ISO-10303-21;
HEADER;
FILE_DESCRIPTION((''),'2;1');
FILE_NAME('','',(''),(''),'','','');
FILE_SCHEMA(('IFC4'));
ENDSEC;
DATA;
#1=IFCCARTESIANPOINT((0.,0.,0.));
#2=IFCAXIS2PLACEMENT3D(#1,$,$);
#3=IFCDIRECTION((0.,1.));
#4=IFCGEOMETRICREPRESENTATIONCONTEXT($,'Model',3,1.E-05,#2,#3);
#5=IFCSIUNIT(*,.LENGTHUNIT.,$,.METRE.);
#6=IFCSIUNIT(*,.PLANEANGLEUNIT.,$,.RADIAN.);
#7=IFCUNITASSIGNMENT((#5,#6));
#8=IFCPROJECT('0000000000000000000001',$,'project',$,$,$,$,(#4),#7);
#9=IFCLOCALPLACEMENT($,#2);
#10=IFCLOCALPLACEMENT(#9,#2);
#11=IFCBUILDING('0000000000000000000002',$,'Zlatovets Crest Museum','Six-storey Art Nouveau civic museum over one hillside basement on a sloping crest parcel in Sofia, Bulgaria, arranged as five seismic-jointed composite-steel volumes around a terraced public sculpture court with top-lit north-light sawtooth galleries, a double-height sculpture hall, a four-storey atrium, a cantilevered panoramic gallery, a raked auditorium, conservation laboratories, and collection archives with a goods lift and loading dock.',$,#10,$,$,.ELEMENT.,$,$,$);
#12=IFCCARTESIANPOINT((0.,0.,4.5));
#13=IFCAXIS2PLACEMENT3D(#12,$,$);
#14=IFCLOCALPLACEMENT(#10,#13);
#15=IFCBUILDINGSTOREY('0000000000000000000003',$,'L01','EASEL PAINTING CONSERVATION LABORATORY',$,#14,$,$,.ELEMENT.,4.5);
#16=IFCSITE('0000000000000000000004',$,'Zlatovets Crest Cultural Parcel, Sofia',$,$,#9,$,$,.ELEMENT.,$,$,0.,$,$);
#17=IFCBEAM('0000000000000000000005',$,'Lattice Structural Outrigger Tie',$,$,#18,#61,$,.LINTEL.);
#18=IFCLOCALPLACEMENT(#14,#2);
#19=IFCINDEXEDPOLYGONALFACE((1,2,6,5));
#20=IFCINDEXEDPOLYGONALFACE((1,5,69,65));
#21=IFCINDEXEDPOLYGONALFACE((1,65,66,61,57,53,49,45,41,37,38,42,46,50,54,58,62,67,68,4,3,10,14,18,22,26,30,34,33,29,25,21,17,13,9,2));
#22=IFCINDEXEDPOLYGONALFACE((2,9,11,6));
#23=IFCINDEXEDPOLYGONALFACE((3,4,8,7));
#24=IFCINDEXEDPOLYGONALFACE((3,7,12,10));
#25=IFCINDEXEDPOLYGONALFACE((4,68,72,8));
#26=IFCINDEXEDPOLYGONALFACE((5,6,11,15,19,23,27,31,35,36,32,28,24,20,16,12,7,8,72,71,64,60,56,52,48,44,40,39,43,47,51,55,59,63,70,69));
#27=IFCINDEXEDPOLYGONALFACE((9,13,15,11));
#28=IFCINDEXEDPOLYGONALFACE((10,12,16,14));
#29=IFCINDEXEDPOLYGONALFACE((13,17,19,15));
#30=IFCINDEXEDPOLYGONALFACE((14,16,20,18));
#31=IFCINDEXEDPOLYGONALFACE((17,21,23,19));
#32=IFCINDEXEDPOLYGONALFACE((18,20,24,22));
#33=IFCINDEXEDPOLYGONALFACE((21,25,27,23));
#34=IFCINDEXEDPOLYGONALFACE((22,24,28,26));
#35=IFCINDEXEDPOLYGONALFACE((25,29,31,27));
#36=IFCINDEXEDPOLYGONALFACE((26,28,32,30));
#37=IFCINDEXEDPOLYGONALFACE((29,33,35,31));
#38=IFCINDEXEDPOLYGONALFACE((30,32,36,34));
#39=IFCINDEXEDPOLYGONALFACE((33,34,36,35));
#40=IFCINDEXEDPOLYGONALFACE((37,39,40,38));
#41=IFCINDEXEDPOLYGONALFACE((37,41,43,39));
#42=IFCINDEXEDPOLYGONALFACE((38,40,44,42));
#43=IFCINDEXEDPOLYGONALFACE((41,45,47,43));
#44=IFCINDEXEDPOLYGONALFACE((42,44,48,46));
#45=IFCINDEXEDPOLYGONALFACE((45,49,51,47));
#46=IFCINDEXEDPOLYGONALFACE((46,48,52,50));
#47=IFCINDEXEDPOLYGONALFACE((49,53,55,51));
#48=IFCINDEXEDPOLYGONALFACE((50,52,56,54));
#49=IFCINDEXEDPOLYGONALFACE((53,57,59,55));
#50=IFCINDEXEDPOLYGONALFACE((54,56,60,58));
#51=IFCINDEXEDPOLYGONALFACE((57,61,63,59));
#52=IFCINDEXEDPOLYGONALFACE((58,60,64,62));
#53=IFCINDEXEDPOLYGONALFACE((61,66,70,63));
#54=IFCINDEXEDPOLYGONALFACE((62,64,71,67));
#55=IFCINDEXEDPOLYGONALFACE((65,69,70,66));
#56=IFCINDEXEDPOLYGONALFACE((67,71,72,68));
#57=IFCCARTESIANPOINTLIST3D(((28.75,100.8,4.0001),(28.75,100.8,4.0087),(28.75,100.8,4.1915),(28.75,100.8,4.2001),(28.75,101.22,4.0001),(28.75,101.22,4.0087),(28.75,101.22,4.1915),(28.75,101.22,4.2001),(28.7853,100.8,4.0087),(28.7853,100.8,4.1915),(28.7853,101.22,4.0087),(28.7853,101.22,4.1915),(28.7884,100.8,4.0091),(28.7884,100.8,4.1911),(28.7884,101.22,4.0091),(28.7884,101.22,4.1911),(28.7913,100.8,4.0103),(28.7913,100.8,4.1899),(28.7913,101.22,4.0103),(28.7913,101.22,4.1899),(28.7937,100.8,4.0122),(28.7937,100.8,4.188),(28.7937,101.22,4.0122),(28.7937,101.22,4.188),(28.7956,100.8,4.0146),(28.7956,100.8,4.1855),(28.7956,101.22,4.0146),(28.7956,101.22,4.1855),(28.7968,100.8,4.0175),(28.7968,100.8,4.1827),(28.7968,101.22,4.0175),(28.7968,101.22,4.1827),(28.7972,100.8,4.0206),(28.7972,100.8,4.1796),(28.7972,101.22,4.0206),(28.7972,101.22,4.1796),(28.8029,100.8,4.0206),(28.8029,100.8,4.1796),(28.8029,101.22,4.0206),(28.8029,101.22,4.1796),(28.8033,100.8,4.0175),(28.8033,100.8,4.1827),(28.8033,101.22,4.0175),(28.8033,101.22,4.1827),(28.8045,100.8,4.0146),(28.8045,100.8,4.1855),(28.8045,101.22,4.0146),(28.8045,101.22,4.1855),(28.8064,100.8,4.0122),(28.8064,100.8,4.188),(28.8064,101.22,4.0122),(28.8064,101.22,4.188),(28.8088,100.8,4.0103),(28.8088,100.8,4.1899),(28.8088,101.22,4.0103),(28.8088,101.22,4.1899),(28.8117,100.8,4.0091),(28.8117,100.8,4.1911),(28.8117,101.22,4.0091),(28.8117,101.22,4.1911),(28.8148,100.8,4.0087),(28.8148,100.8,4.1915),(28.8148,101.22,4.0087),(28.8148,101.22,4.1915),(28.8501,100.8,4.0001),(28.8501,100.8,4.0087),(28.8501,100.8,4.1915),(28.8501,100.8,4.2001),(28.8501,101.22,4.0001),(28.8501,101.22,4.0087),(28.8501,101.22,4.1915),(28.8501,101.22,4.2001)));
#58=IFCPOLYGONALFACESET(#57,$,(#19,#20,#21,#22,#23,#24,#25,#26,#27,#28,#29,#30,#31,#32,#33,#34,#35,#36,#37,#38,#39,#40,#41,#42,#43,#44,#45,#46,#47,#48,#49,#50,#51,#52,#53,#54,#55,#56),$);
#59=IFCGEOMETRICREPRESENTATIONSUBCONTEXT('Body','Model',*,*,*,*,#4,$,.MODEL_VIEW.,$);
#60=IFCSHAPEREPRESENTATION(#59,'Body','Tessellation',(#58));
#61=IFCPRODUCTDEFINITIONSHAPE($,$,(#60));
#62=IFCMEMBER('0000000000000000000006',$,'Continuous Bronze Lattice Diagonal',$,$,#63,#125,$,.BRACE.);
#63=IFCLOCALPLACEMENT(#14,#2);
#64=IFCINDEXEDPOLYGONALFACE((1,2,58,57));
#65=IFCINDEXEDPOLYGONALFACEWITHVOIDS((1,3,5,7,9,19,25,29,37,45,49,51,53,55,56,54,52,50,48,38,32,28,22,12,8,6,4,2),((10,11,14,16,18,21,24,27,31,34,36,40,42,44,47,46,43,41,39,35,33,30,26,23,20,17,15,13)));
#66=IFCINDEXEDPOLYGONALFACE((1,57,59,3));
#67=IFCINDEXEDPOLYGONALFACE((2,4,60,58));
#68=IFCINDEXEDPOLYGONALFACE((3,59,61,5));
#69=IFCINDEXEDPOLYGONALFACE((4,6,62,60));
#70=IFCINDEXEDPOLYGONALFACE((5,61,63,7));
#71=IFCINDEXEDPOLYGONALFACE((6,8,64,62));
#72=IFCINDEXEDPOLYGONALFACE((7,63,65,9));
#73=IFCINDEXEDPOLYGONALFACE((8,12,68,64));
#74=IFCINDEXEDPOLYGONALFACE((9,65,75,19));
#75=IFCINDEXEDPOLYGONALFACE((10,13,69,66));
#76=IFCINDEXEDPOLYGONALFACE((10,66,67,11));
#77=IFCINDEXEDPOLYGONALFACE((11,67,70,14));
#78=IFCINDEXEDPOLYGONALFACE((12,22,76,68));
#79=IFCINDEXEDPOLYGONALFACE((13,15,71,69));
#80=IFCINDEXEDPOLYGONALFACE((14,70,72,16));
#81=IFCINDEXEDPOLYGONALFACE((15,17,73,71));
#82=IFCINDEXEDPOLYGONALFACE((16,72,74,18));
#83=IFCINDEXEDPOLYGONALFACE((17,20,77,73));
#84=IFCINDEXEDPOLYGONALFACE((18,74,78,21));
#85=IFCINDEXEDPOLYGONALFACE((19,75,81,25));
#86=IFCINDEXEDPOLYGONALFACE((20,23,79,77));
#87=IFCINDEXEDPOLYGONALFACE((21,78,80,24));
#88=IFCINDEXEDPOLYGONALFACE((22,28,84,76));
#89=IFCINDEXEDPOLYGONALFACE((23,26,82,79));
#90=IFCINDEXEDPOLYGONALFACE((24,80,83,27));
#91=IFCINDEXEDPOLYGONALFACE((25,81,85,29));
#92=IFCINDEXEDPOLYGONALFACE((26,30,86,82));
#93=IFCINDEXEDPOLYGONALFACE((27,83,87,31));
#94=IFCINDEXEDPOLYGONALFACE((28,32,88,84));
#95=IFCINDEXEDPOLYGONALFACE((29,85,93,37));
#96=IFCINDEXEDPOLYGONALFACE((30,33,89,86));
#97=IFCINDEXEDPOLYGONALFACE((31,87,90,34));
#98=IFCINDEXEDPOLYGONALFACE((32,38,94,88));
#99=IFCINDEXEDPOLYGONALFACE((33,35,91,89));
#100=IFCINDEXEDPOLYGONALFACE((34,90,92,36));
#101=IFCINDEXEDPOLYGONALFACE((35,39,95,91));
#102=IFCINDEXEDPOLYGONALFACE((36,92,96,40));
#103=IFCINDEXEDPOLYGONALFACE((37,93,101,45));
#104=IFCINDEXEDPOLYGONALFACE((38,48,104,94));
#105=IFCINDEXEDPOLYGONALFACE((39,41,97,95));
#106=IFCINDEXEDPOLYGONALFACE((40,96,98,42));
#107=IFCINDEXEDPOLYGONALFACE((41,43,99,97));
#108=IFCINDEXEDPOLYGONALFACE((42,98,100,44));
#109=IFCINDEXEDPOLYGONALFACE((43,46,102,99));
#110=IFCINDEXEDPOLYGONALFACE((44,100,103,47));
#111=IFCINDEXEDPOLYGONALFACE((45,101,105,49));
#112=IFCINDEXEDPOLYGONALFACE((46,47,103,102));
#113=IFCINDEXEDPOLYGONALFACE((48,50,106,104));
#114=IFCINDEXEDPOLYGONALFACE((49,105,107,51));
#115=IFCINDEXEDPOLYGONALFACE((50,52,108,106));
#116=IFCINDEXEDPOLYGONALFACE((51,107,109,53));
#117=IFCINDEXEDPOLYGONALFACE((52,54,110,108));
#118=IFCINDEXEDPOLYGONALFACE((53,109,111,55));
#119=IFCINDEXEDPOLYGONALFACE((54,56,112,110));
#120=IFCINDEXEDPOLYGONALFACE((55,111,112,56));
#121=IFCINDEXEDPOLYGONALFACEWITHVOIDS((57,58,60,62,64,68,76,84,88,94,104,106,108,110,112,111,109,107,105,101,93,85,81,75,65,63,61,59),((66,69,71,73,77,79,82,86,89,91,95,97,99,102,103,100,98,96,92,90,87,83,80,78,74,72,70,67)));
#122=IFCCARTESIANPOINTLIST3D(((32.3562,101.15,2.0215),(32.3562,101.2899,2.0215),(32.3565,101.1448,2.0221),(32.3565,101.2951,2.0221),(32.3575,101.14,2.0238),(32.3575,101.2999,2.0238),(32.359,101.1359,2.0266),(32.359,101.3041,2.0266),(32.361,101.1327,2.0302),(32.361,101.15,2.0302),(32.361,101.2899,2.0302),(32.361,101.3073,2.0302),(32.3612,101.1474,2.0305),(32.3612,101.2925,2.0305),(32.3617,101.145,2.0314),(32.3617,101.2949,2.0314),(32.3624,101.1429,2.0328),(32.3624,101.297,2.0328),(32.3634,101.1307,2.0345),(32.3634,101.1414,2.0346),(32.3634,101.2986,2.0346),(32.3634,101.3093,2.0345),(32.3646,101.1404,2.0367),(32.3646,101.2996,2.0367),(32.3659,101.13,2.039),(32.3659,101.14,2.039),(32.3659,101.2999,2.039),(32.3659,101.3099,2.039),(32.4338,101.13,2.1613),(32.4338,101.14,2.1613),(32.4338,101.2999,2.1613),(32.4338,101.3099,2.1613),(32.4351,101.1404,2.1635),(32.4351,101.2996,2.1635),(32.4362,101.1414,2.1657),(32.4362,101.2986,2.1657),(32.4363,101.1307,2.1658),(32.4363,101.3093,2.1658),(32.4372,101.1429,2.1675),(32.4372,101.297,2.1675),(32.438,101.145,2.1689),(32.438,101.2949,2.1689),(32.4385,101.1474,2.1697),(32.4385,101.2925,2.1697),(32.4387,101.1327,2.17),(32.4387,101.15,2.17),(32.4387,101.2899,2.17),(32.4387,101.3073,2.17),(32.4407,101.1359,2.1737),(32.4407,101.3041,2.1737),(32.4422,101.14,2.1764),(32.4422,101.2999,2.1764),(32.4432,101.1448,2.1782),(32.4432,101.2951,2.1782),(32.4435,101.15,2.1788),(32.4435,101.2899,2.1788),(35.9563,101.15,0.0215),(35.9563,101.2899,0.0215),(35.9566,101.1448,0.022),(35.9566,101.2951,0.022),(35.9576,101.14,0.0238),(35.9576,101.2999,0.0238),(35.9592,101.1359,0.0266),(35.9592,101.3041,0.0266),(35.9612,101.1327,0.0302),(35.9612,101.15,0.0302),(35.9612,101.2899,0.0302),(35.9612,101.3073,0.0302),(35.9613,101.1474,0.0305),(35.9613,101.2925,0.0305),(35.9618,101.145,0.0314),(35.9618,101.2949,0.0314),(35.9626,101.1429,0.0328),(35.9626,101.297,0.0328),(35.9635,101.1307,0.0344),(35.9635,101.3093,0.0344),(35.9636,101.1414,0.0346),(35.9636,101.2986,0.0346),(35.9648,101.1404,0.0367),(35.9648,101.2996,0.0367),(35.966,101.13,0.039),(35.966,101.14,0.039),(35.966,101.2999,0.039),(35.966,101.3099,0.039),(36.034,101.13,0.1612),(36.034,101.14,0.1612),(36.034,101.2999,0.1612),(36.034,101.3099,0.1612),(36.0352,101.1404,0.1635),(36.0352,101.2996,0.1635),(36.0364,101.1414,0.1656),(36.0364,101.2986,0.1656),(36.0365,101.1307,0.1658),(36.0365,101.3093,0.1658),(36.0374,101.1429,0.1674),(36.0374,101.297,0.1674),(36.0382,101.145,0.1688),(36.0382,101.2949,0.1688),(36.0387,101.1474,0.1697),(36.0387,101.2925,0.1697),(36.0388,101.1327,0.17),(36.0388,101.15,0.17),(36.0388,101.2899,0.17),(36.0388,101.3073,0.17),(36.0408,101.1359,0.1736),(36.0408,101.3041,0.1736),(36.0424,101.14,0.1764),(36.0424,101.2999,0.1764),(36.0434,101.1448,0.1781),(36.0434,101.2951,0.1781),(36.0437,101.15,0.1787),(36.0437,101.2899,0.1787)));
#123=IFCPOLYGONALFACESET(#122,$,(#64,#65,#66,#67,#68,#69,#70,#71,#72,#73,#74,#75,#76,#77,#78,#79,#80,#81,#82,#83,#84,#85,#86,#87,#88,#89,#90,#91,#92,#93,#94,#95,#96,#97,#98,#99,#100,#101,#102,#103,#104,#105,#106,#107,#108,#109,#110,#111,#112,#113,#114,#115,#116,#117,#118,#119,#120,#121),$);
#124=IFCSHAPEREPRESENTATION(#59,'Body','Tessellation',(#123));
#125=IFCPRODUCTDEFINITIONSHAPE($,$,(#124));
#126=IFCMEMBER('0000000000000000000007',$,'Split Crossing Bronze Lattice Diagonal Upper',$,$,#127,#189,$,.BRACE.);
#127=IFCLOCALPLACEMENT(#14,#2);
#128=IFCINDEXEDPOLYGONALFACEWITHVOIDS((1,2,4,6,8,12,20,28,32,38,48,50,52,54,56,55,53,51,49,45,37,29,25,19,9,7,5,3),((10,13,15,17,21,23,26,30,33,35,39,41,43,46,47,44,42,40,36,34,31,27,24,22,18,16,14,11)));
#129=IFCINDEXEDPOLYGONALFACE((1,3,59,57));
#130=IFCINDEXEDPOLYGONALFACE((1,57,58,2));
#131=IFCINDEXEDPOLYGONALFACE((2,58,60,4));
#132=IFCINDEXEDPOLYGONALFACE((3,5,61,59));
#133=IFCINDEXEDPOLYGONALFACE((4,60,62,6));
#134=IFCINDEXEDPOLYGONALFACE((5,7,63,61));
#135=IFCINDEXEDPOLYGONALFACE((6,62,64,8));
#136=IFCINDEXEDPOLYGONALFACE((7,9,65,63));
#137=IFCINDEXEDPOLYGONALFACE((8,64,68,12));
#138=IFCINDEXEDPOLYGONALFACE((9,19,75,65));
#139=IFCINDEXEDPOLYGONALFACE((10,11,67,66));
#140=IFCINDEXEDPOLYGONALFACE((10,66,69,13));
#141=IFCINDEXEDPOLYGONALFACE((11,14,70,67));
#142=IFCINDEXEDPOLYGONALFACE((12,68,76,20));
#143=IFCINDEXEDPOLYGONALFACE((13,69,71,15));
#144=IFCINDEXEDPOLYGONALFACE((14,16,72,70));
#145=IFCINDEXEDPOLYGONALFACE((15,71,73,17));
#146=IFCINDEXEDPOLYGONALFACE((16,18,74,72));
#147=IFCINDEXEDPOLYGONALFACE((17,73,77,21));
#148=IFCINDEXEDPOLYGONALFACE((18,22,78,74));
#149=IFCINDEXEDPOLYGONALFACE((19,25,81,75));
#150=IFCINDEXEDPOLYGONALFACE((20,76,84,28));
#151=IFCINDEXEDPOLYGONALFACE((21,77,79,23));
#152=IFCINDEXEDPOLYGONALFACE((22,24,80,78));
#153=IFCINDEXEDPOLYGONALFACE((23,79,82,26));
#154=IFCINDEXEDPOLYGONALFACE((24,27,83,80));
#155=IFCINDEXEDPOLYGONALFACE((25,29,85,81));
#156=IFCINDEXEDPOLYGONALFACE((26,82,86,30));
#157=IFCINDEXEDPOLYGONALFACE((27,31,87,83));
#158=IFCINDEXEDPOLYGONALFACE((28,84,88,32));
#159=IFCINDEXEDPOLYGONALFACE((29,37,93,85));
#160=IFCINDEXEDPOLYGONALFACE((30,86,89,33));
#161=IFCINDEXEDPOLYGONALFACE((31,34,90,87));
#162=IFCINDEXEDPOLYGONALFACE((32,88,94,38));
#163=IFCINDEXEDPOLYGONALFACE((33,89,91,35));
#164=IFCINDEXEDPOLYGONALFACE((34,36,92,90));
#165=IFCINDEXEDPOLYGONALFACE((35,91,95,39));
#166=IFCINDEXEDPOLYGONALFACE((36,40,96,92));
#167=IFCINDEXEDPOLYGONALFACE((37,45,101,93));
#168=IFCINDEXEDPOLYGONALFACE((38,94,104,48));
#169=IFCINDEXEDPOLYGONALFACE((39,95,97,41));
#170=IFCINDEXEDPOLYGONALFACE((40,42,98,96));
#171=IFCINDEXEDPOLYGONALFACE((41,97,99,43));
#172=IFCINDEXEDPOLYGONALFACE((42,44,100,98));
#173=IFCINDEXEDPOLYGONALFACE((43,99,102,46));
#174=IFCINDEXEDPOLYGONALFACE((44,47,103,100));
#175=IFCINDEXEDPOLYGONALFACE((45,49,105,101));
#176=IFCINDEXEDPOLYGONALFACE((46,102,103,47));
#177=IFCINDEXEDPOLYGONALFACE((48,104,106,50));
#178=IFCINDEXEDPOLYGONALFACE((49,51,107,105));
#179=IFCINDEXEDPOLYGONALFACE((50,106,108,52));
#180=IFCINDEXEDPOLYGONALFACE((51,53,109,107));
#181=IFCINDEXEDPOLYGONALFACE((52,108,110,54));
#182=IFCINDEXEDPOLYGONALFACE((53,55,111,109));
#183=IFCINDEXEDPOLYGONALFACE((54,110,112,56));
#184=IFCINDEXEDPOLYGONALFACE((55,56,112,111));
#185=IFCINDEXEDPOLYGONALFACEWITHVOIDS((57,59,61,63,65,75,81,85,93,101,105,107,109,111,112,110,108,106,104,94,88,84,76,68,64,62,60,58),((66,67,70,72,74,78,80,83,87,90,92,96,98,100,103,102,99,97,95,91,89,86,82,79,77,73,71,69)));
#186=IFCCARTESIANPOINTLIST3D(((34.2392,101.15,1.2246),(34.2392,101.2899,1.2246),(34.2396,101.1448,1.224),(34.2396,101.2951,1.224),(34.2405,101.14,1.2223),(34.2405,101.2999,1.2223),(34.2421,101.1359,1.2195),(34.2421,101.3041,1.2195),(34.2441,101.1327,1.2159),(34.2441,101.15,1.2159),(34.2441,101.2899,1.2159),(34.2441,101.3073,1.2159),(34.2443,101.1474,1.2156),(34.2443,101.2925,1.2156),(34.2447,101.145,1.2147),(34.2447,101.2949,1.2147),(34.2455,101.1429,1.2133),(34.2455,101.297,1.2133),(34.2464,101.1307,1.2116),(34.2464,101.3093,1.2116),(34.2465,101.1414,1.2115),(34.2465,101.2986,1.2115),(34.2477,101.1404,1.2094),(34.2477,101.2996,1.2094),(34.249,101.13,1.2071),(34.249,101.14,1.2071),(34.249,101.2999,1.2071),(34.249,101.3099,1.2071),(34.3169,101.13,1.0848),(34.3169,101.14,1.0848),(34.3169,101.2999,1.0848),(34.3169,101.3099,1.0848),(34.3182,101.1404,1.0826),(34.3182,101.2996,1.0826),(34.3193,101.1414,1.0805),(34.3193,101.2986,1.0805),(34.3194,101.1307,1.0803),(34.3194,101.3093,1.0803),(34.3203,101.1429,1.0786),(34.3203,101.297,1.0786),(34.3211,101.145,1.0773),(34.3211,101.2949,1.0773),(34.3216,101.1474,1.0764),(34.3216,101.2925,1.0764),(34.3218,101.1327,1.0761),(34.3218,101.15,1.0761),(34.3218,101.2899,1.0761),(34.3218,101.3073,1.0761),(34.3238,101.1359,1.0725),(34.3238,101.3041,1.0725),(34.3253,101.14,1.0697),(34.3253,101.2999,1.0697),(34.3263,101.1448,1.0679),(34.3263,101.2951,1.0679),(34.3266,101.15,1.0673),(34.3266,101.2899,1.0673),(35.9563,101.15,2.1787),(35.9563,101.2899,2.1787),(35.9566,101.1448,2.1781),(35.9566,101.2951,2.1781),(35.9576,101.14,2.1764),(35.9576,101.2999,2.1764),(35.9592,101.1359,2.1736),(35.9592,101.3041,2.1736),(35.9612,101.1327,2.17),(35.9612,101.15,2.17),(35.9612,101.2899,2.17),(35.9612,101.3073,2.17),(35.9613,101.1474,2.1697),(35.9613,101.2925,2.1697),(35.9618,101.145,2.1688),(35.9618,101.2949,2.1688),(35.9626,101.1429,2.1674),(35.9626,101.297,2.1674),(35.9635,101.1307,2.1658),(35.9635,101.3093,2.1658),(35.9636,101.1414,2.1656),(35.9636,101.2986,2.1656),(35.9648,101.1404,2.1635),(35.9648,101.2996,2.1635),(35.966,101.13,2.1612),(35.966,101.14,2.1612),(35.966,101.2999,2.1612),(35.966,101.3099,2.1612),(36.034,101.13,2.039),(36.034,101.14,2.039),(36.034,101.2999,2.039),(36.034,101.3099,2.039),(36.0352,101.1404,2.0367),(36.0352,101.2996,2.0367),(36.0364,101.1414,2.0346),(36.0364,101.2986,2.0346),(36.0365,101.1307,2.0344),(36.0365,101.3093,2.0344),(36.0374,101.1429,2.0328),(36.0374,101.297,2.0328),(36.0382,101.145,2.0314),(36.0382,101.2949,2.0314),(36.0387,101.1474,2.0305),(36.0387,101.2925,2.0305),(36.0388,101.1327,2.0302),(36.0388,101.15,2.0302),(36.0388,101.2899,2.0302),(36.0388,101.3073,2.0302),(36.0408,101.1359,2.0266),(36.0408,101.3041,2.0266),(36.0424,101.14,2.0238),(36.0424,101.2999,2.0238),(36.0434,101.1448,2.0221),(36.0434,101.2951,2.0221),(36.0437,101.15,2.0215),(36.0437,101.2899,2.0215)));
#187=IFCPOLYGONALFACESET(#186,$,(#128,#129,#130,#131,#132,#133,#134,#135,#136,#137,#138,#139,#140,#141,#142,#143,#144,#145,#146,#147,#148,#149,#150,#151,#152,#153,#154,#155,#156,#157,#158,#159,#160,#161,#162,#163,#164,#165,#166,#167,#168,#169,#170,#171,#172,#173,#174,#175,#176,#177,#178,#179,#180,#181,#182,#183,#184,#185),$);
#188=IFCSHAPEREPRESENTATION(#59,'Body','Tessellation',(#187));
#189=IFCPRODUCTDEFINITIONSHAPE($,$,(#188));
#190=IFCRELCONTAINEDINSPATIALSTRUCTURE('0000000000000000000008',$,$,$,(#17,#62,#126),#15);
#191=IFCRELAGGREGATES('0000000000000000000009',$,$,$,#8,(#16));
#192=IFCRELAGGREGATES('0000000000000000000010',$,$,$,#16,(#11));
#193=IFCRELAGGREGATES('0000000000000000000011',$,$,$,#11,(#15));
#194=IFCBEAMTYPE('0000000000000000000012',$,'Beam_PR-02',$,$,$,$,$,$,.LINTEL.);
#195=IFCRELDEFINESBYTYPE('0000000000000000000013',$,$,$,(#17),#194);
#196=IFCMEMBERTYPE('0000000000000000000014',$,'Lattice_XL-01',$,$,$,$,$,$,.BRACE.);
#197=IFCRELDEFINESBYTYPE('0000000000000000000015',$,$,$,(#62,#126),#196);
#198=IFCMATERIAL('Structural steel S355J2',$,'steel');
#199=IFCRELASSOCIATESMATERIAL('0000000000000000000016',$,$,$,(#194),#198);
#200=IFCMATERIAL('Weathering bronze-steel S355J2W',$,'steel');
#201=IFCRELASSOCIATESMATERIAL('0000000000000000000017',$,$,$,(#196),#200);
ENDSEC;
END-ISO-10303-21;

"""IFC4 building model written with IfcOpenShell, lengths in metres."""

from ifc_helpers import new_model, si_unit, direction, frame, origin, origin_2d, place, context, subcontext, project, spatial, hollow_rectangle, i_section, extrude, material, material_profile, profile_set, type_object, element, save


model = new_model("IFC4")

# Units and contexts
model_context = context("Model", 3, precision=1e-05, world=origin(), true_north=direction((0.0, 1.0)))
body_context = subcontext(model_context, "Body", "Model", "MODEL_VIEW")
ifc_project = project(units=[si_unit("LENGTHUNIT", "METRE"), si_unit("PLANEANGLEUNIT", "RADIAN")], contexts=[model_context])

# Site, building, storey
site_placement = place(None, origin())
site = spatial("IfcSite", under=ifc_project, at=site_placement, Name="Zlatovets Crest Cultural Parcel, Sofia", CompositionType="ELEMENT", RefElevation=0.0)
building_placement = place(site_placement, origin())
building = spatial("IfcBuilding", under=site, at=building_placement, Name="Zlatovets Crest Museum", Description="Six-storey Art Nouveau civic museum over one hillside basement on a sloping crest parcel in Sofia, Bulgaria, arranged as five seismic-jointed composite-steel volumes around a terraced public sculpture court with top-lit north-light sawtooth galleries, a double-height sculpture hall, a four-storey atrium, a cantilevered panoramic gallery, a raked auditorium, conservation laboratories, and collection archives with a goods lift and loading dock.", CompositionType="ELEMENT")
storey_placement = place(building_placement, frame((0.0, 0.0, 4.5)))
storey = spatial("IfcBuildingStorey", under=building, at=storey_placement, Name="L01", Description="EASEL PAINTING CONSERVATION LABORATORY", CompositionType="ELEMENT", Elevation=4.5)

# Shared definitions
ifc_material_1 = material(Name="Structural steel S355J2", Category="steel")

# Beam
ifc_material_profile_1 = material_profile(ifc_material_1, i_section(OverallWidth=0.1001, OverallDepth=0.2, WebThickness=0.0056, FlangeThickness=0.0085, FilletRadius=0.012, at=origin_2d()), Name="IPE 200")
ifc_profile_set_1 = profile_set([ifc_material_profile_1], Name="Structural steel S355J2")
beam_type_1 = type_object("IfcBeamType", Name="Beam_PR-02", PredefinedType="LINTEL", material=ifc_profile_set_1)
for number, where, z_axis, x_axis, name in (
    (1, (28.8, 100.8, 4.1001), (0.0, 1.0, 0.0), (-1.0, 0.0, 0.0), "Lattice Structural Outrigger Tie"),
):
    element("IfcBeam", number, at=place(storey_placement, frame(where, z_axis=z_axis, x_axis=x_axis)), inside=storey, type_object=beam_type_1, Name=name, PredefinedType="LINTEL", context=body_context, shape_type="SweptSolid", body=[
        extrude(i_section(OverallWidth=0.1001, OverallDepth=0.2, WebThickness=0.0056, FlangeThickness=0.0085, FilletRadius=0.012, at=origin_2d()), origin(), (0.0, 0.0, 1.0), 0.4199),
    ])

# Members
ifc_material_2 = material(Name="Weathering bronze-steel S355J2W", Category="steel")
ifc_material_profile_2 = material_profile(ifc_material_2, hollow_rectangle(XDim=0.1799, YDim=0.1799, WallThickness=0.01, InnerFilletRadius=0.01, OuterFilletRadius=0.02, at=origin_2d()), Name="SHS 180x180x10.0")
ifc_profile_set_2 = profile_set([ifc_material_profile_2], Name="Weathering bronze-steel S355J2W")
member_type_1 = type_object("IfcMemberType", Name="Lattice_XL-01", PredefinedType="BRACE", material=ifc_profile_set_2)
member_1_placement = place(storey_placement, frame((36.0, 101.22, 0.1001), z_axis=(-0.874163, 0.0, 0.485633), x_axis=(0.0, -1.0, 0.0)))
element("IfcMember", 2, at=member_1_placement, inside=storey, type_object=member_type_1, Name="Continuous Bronze Lattice Diagonal", PredefinedType="BRACE", context=body_context, shape_type="SweptSolid", body=[
    extrude(hollow_rectangle(XDim=0.1799, YDim=0.1799, WallThickness=0.01, InnerFilletRadius=0.01, OuterFilletRadius=0.02, at=origin_2d()), origin(), (0.0, 0.0, 1.0), 4.1184),
])
member_2_placement = place(storey_placement, frame((36.0, 101.22, 2.1001), z_axis=(-0.874116, 0.0, -0.485717), x_axis=(0.0, -1.0, 0.0)))
element("IfcMember", 3, at=member_2_placement, inside=storey, type_object=member_type_1, Name="Split Crossing Bronze Lattice Diagonal Upper", PredefinedType="BRACE", context=body_context, shape_type="SweptSolid", body=[
    extrude(hollow_rectangle(XDim=0.1799, YDim=0.1799, WallThickness=0.01, InnerFilletRadius=0.01, OuterFilletRadius=0.02, at=origin_2d()), origin(), (0.0, 0.0, 1.0), 1.9644),
])

save(model, "model.ifc")
